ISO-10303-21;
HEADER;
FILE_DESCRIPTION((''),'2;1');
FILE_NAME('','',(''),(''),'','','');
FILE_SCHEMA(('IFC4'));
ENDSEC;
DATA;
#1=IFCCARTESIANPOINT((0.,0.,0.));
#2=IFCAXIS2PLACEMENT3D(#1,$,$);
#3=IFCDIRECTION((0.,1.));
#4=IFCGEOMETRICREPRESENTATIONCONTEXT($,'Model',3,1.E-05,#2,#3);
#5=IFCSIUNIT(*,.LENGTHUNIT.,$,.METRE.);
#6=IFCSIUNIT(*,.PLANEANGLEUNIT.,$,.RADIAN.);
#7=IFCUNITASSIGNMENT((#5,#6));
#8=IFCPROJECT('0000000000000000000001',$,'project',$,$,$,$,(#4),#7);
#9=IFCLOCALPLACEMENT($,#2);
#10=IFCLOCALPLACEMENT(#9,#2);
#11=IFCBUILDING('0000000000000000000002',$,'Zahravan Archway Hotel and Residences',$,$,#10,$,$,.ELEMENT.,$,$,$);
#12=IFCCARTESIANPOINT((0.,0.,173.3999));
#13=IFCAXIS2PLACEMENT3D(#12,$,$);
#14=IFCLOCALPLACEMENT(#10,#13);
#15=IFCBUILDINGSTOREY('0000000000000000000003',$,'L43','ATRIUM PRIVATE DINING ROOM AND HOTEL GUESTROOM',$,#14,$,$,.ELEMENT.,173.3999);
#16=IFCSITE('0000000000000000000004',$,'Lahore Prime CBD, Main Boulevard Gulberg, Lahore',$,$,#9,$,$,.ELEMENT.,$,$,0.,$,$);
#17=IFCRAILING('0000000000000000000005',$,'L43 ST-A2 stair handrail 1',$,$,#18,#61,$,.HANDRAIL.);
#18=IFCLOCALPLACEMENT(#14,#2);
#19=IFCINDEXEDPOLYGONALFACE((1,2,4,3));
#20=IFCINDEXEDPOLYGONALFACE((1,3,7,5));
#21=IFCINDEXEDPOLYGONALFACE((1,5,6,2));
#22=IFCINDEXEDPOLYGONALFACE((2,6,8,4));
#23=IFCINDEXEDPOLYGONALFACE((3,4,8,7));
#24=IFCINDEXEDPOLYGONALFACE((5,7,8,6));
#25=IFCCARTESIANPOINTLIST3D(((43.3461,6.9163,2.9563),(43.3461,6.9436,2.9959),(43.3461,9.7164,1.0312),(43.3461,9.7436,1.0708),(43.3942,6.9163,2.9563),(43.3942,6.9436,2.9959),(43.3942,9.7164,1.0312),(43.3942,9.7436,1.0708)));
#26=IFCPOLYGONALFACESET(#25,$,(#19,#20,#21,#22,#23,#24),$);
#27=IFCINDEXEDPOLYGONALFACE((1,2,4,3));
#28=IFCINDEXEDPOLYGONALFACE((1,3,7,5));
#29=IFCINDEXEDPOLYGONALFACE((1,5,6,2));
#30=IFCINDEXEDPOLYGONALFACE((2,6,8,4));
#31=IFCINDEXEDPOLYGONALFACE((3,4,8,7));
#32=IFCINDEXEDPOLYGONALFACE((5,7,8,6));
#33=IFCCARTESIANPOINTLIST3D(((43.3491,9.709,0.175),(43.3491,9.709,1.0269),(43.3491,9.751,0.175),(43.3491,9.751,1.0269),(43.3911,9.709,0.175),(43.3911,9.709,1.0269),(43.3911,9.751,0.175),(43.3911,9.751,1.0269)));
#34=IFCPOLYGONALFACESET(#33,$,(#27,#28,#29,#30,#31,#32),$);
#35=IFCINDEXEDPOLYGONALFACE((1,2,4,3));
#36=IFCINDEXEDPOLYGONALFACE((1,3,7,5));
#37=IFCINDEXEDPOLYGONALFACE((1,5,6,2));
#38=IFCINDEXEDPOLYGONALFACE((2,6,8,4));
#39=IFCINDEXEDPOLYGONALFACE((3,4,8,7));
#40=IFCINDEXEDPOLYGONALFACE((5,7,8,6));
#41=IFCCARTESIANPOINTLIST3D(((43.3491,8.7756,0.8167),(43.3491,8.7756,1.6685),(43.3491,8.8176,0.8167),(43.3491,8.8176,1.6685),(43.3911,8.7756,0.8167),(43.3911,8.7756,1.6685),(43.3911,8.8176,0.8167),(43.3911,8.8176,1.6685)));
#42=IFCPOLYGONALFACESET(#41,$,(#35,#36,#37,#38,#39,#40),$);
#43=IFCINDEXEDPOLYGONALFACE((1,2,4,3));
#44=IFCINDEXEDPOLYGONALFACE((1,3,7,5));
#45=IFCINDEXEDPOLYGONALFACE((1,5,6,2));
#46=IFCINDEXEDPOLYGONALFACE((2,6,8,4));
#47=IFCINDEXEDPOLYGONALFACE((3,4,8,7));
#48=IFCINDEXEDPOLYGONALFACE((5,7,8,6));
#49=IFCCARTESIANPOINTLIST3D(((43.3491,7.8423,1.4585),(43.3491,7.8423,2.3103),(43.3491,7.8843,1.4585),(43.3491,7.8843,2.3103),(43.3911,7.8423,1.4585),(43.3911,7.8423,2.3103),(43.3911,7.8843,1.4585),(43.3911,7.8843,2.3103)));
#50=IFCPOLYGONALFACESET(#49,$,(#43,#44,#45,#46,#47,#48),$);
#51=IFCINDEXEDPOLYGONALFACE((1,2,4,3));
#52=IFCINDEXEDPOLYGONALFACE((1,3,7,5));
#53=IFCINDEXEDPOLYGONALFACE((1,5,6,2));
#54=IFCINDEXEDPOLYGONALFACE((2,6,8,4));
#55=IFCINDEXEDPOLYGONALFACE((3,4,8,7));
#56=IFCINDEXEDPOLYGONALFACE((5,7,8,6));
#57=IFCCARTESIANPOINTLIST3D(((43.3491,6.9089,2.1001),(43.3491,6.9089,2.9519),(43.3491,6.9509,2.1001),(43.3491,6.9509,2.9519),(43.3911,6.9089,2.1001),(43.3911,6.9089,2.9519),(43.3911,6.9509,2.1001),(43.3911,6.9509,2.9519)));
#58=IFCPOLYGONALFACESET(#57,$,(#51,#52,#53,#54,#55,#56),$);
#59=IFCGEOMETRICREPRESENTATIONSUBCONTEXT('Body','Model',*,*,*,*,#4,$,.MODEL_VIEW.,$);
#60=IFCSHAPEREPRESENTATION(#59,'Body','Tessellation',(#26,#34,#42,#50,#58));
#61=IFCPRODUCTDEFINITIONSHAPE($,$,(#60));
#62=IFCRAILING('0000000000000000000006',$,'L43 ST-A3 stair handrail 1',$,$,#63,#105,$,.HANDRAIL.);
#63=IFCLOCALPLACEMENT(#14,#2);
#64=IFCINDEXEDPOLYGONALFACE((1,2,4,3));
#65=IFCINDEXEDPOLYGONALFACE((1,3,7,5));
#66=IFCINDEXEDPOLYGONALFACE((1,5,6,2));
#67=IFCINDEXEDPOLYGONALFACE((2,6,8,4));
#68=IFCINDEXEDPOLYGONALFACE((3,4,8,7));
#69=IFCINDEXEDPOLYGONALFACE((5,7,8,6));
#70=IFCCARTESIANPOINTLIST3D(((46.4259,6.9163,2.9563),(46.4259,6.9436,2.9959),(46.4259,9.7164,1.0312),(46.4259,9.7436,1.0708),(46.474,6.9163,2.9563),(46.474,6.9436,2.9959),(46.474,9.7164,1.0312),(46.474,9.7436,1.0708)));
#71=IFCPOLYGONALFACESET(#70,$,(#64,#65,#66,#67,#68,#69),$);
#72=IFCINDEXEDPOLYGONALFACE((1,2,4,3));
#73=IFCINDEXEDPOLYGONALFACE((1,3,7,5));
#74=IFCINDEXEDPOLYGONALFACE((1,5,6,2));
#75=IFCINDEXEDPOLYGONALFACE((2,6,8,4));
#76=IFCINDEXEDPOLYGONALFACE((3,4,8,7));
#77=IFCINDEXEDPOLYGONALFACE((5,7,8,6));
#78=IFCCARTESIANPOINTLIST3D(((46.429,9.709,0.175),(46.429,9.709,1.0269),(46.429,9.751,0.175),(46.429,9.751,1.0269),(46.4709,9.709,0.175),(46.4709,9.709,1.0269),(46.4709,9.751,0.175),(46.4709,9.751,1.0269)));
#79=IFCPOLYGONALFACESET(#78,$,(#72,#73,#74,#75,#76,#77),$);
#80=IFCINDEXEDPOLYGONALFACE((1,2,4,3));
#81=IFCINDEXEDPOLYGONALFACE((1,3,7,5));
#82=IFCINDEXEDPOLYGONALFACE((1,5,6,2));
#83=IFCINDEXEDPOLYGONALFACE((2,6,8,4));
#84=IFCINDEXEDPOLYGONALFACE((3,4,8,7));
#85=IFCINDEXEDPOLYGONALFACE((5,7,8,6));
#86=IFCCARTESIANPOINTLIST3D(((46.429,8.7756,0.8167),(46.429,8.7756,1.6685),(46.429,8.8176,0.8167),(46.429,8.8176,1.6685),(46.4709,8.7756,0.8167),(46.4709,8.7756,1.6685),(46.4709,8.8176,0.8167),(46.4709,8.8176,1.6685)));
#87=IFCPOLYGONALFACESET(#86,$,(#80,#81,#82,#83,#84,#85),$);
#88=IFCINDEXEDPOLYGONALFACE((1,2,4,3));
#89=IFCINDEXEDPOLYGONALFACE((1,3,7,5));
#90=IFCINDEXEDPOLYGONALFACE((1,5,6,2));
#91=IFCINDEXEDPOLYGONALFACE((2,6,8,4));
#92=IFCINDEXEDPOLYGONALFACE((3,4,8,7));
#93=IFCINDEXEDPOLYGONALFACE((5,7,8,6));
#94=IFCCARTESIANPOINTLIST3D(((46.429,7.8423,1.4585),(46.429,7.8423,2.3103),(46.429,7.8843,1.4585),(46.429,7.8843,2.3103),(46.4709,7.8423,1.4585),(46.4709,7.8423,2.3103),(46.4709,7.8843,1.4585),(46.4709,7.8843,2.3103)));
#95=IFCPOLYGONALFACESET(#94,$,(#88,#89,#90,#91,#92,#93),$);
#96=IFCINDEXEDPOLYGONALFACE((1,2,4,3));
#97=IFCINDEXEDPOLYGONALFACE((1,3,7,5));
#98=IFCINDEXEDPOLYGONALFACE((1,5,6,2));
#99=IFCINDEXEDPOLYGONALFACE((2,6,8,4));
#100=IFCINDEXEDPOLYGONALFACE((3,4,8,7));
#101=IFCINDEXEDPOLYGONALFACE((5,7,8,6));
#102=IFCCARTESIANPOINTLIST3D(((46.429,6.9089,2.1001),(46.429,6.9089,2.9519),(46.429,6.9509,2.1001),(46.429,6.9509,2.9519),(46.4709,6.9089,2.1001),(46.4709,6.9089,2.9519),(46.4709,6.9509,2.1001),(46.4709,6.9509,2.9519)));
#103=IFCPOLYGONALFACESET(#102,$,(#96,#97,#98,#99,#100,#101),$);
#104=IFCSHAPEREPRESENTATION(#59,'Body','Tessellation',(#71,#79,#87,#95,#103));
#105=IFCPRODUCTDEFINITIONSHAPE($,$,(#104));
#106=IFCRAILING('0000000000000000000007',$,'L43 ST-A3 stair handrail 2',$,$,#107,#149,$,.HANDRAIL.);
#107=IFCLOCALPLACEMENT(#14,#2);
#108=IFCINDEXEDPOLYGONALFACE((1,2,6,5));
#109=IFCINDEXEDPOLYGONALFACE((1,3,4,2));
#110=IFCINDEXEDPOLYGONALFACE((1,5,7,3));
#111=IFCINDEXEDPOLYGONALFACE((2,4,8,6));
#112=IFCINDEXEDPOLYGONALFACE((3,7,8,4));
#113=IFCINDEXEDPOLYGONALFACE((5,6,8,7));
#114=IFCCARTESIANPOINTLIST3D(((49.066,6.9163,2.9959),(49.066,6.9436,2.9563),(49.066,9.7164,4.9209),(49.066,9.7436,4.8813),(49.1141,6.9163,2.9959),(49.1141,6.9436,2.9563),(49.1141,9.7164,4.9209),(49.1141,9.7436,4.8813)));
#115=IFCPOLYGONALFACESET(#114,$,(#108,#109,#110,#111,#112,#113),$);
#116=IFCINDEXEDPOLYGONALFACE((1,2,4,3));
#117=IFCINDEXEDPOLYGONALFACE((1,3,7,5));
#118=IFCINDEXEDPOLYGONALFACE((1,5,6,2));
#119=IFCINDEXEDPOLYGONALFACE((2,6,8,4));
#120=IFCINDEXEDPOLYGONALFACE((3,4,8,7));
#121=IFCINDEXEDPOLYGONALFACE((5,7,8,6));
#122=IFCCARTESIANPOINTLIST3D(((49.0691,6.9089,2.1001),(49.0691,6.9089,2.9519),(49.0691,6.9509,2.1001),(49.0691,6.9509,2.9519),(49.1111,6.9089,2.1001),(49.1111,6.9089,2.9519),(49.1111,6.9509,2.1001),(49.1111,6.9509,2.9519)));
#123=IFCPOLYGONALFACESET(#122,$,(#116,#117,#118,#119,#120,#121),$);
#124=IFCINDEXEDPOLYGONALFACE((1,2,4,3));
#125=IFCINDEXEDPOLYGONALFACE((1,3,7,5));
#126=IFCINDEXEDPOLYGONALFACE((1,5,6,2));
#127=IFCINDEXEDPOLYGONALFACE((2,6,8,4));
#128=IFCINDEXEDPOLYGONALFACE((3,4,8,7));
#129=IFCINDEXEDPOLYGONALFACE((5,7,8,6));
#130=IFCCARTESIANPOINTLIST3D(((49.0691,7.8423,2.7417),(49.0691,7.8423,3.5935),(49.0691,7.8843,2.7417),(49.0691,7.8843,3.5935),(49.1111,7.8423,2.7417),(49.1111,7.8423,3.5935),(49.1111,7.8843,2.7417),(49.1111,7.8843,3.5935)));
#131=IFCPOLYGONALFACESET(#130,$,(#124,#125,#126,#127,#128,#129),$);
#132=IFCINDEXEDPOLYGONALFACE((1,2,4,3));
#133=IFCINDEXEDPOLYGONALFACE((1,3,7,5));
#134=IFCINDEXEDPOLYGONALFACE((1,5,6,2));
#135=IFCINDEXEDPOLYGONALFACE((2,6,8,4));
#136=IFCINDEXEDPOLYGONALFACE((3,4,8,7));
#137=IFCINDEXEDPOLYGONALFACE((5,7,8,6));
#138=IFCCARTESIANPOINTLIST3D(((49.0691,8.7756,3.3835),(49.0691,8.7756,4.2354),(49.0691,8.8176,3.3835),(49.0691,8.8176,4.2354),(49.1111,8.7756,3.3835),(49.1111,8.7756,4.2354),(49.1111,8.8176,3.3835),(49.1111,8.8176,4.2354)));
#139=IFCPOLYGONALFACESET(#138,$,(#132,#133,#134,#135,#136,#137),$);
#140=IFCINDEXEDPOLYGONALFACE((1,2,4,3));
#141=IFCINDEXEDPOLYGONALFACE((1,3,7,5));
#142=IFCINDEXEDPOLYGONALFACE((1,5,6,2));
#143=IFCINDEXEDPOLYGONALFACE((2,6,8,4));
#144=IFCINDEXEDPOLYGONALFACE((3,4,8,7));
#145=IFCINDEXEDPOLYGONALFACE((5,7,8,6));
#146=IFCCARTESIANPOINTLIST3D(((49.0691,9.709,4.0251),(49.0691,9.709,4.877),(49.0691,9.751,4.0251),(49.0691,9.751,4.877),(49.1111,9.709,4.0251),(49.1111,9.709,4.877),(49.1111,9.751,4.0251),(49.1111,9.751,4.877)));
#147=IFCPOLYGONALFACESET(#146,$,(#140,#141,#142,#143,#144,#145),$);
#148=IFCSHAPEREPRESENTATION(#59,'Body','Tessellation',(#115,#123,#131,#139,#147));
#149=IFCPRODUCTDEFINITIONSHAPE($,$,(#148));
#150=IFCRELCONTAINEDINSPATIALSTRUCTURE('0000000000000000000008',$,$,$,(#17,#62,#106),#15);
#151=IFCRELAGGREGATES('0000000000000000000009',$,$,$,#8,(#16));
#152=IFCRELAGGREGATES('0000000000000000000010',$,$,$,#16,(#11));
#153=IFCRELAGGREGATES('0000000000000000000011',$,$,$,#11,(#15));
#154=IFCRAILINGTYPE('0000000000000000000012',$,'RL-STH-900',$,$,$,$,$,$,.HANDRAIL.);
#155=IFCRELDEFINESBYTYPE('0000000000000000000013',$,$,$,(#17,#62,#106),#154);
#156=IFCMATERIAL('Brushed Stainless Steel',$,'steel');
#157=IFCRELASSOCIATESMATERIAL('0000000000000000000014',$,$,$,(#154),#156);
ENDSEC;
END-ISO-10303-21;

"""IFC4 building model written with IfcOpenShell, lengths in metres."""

from ifc_helpers import new_model, si_unit, direction, frame, origin, origin_2d, place, context, subcontext, project, spatial, rectangle, extrude, material, type_object, element, save


model = new_model("IFC4")

# Units and contexts
model_context = context("Model", 3, precision=1e-05, world=origin(), true_north=direction((0.0, 1.0)))
body_context = subcontext(model_context, "Body", "Model", "MODEL_VIEW")
ifc_project = project(units=[si_unit("LENGTHUNIT", "METRE"), si_unit("PLANEANGLEUNIT", "RADIAN")], contexts=[model_context])

# Site, building, storey
site_placement = place(None, origin())
site = spatial("IfcSite", under=ifc_project, at=site_placement, Name="Lahore Prime CBD, Main Boulevard Gulberg, Lahore", CompositionType="ELEMENT", RefElevation=0.0)
building_placement = place(site_placement, origin())
building = spatial("IfcBuilding", under=site, at=building_placement, Name="Zahravan Archway Hotel and Residences", CompositionType="ELEMENT")
storey_placement = place(building_placement, frame((0.0, 0.0, 173.3999)))
storey = spatial("IfcBuildingStorey", under=building, at=storey_placement, Name="L43", Description="ATRIUM PRIVATE DINING ROOM AND HOTEL GUESTROOM", CompositionType="ELEMENT", Elevation=173.3999)

# Railings
ifc_material_1 = material(Name="Brushed Stainless Steel", Category="steel")
railing_type_1 = type_object("IfcRailingType", Name="RL-STH-900", PredefinedType="HANDRAIL", material=ifc_material_1)
for number, where, name in (
    (1, (43.3701, 9.73, 0.175), "L43 ST-A2 stair handrail 1"),
    (2, (46.45, 9.73, 0.175), "L43 ST-A3 stair handrail 1"),
):
    element("IfcRailing", number, at=place(storey_placement, frame(where)), inside=storey, type_object=railing_type_1, Name=name, PredefinedType="HANDRAIL", context=body_context, shape_type="SweptSolid", body=[
        extrude(rectangle(XDim=0.0481, YDim=0.0481, at=origin_2d()), frame((0.0, 0.0, 0.876), z_axis=(0.0, -0.82404, 0.566532), x_axis=(1.0, 0.0, 0.0)), (0.0, 0.0, 1.0), 3.3979),
        extrude(rectangle(XDim=0.042, YDim=0.042, at=origin_2d()), origin(), (0.0, 0.0, 1.0), 0.8518),
        extrude(rectangle(XDim=0.042, YDim=0.042, at=origin_2d()), frame((0.0, -0.9333, 0.6416)), (0.0, 0.0, 1.0), 0.8518),
        extrude(rectangle(XDim=0.042, YDim=0.042, at=origin_2d()), frame((0.0, -1.8667, 1.2834)), (0.0, 0.0, 1.0), 0.8518),
        extrude(rectangle(XDim=0.042, YDim=0.042, at=origin_2d()), frame((0.0, -2.8, 1.925)), (0.0, 0.0, 1.0), 0.8518),
    ])
railing_1_placement = place(storey_placement, frame((49.0901, 6.9299, 2.1001)))
element("IfcRailing", 3, at=railing_1_placement, inside=storey, type_object=railing_type_1, Name="L43 ST-A3 stair handrail 2", PredefinedType="HANDRAIL", context=body_context, shape_type="SweptSolid", body=[
    extrude(rectangle(XDim=0.0481, YDim=0.0481, at=origin_2d()), frame((0.0, 0.0, 0.876), z_axis=(0.0, 0.82404, 0.566532), x_axis=(-1.0, 0.0, 0.0)), (0.0, 0.0, 1.0), 3.3979),
    extrude(rectangle(XDim=0.042, YDim=0.042, at=origin_2d()), origin(), (0.0, 0.0, 1.0), 0.8518),
    extrude(rectangle(XDim=0.042, YDim=0.042, at=origin_2d()), frame((0.0, 0.9333, 0.6416)), (0.0, 0.0, 1.0), 0.8518),
    extrude(rectangle(XDim=0.042, YDim=0.042, at=origin_2d()), frame((0.0, 1.8667, 1.2834)), (0.0, 0.0, 1.0), 0.8518),
    extrude(rectangle(XDim=0.042, YDim=0.042, at=origin_2d()), frame((0.0, 2.8, 1.925)), (0.0, 0.0, 1.0), 0.8518),
])

save(model, "model.ifc")
